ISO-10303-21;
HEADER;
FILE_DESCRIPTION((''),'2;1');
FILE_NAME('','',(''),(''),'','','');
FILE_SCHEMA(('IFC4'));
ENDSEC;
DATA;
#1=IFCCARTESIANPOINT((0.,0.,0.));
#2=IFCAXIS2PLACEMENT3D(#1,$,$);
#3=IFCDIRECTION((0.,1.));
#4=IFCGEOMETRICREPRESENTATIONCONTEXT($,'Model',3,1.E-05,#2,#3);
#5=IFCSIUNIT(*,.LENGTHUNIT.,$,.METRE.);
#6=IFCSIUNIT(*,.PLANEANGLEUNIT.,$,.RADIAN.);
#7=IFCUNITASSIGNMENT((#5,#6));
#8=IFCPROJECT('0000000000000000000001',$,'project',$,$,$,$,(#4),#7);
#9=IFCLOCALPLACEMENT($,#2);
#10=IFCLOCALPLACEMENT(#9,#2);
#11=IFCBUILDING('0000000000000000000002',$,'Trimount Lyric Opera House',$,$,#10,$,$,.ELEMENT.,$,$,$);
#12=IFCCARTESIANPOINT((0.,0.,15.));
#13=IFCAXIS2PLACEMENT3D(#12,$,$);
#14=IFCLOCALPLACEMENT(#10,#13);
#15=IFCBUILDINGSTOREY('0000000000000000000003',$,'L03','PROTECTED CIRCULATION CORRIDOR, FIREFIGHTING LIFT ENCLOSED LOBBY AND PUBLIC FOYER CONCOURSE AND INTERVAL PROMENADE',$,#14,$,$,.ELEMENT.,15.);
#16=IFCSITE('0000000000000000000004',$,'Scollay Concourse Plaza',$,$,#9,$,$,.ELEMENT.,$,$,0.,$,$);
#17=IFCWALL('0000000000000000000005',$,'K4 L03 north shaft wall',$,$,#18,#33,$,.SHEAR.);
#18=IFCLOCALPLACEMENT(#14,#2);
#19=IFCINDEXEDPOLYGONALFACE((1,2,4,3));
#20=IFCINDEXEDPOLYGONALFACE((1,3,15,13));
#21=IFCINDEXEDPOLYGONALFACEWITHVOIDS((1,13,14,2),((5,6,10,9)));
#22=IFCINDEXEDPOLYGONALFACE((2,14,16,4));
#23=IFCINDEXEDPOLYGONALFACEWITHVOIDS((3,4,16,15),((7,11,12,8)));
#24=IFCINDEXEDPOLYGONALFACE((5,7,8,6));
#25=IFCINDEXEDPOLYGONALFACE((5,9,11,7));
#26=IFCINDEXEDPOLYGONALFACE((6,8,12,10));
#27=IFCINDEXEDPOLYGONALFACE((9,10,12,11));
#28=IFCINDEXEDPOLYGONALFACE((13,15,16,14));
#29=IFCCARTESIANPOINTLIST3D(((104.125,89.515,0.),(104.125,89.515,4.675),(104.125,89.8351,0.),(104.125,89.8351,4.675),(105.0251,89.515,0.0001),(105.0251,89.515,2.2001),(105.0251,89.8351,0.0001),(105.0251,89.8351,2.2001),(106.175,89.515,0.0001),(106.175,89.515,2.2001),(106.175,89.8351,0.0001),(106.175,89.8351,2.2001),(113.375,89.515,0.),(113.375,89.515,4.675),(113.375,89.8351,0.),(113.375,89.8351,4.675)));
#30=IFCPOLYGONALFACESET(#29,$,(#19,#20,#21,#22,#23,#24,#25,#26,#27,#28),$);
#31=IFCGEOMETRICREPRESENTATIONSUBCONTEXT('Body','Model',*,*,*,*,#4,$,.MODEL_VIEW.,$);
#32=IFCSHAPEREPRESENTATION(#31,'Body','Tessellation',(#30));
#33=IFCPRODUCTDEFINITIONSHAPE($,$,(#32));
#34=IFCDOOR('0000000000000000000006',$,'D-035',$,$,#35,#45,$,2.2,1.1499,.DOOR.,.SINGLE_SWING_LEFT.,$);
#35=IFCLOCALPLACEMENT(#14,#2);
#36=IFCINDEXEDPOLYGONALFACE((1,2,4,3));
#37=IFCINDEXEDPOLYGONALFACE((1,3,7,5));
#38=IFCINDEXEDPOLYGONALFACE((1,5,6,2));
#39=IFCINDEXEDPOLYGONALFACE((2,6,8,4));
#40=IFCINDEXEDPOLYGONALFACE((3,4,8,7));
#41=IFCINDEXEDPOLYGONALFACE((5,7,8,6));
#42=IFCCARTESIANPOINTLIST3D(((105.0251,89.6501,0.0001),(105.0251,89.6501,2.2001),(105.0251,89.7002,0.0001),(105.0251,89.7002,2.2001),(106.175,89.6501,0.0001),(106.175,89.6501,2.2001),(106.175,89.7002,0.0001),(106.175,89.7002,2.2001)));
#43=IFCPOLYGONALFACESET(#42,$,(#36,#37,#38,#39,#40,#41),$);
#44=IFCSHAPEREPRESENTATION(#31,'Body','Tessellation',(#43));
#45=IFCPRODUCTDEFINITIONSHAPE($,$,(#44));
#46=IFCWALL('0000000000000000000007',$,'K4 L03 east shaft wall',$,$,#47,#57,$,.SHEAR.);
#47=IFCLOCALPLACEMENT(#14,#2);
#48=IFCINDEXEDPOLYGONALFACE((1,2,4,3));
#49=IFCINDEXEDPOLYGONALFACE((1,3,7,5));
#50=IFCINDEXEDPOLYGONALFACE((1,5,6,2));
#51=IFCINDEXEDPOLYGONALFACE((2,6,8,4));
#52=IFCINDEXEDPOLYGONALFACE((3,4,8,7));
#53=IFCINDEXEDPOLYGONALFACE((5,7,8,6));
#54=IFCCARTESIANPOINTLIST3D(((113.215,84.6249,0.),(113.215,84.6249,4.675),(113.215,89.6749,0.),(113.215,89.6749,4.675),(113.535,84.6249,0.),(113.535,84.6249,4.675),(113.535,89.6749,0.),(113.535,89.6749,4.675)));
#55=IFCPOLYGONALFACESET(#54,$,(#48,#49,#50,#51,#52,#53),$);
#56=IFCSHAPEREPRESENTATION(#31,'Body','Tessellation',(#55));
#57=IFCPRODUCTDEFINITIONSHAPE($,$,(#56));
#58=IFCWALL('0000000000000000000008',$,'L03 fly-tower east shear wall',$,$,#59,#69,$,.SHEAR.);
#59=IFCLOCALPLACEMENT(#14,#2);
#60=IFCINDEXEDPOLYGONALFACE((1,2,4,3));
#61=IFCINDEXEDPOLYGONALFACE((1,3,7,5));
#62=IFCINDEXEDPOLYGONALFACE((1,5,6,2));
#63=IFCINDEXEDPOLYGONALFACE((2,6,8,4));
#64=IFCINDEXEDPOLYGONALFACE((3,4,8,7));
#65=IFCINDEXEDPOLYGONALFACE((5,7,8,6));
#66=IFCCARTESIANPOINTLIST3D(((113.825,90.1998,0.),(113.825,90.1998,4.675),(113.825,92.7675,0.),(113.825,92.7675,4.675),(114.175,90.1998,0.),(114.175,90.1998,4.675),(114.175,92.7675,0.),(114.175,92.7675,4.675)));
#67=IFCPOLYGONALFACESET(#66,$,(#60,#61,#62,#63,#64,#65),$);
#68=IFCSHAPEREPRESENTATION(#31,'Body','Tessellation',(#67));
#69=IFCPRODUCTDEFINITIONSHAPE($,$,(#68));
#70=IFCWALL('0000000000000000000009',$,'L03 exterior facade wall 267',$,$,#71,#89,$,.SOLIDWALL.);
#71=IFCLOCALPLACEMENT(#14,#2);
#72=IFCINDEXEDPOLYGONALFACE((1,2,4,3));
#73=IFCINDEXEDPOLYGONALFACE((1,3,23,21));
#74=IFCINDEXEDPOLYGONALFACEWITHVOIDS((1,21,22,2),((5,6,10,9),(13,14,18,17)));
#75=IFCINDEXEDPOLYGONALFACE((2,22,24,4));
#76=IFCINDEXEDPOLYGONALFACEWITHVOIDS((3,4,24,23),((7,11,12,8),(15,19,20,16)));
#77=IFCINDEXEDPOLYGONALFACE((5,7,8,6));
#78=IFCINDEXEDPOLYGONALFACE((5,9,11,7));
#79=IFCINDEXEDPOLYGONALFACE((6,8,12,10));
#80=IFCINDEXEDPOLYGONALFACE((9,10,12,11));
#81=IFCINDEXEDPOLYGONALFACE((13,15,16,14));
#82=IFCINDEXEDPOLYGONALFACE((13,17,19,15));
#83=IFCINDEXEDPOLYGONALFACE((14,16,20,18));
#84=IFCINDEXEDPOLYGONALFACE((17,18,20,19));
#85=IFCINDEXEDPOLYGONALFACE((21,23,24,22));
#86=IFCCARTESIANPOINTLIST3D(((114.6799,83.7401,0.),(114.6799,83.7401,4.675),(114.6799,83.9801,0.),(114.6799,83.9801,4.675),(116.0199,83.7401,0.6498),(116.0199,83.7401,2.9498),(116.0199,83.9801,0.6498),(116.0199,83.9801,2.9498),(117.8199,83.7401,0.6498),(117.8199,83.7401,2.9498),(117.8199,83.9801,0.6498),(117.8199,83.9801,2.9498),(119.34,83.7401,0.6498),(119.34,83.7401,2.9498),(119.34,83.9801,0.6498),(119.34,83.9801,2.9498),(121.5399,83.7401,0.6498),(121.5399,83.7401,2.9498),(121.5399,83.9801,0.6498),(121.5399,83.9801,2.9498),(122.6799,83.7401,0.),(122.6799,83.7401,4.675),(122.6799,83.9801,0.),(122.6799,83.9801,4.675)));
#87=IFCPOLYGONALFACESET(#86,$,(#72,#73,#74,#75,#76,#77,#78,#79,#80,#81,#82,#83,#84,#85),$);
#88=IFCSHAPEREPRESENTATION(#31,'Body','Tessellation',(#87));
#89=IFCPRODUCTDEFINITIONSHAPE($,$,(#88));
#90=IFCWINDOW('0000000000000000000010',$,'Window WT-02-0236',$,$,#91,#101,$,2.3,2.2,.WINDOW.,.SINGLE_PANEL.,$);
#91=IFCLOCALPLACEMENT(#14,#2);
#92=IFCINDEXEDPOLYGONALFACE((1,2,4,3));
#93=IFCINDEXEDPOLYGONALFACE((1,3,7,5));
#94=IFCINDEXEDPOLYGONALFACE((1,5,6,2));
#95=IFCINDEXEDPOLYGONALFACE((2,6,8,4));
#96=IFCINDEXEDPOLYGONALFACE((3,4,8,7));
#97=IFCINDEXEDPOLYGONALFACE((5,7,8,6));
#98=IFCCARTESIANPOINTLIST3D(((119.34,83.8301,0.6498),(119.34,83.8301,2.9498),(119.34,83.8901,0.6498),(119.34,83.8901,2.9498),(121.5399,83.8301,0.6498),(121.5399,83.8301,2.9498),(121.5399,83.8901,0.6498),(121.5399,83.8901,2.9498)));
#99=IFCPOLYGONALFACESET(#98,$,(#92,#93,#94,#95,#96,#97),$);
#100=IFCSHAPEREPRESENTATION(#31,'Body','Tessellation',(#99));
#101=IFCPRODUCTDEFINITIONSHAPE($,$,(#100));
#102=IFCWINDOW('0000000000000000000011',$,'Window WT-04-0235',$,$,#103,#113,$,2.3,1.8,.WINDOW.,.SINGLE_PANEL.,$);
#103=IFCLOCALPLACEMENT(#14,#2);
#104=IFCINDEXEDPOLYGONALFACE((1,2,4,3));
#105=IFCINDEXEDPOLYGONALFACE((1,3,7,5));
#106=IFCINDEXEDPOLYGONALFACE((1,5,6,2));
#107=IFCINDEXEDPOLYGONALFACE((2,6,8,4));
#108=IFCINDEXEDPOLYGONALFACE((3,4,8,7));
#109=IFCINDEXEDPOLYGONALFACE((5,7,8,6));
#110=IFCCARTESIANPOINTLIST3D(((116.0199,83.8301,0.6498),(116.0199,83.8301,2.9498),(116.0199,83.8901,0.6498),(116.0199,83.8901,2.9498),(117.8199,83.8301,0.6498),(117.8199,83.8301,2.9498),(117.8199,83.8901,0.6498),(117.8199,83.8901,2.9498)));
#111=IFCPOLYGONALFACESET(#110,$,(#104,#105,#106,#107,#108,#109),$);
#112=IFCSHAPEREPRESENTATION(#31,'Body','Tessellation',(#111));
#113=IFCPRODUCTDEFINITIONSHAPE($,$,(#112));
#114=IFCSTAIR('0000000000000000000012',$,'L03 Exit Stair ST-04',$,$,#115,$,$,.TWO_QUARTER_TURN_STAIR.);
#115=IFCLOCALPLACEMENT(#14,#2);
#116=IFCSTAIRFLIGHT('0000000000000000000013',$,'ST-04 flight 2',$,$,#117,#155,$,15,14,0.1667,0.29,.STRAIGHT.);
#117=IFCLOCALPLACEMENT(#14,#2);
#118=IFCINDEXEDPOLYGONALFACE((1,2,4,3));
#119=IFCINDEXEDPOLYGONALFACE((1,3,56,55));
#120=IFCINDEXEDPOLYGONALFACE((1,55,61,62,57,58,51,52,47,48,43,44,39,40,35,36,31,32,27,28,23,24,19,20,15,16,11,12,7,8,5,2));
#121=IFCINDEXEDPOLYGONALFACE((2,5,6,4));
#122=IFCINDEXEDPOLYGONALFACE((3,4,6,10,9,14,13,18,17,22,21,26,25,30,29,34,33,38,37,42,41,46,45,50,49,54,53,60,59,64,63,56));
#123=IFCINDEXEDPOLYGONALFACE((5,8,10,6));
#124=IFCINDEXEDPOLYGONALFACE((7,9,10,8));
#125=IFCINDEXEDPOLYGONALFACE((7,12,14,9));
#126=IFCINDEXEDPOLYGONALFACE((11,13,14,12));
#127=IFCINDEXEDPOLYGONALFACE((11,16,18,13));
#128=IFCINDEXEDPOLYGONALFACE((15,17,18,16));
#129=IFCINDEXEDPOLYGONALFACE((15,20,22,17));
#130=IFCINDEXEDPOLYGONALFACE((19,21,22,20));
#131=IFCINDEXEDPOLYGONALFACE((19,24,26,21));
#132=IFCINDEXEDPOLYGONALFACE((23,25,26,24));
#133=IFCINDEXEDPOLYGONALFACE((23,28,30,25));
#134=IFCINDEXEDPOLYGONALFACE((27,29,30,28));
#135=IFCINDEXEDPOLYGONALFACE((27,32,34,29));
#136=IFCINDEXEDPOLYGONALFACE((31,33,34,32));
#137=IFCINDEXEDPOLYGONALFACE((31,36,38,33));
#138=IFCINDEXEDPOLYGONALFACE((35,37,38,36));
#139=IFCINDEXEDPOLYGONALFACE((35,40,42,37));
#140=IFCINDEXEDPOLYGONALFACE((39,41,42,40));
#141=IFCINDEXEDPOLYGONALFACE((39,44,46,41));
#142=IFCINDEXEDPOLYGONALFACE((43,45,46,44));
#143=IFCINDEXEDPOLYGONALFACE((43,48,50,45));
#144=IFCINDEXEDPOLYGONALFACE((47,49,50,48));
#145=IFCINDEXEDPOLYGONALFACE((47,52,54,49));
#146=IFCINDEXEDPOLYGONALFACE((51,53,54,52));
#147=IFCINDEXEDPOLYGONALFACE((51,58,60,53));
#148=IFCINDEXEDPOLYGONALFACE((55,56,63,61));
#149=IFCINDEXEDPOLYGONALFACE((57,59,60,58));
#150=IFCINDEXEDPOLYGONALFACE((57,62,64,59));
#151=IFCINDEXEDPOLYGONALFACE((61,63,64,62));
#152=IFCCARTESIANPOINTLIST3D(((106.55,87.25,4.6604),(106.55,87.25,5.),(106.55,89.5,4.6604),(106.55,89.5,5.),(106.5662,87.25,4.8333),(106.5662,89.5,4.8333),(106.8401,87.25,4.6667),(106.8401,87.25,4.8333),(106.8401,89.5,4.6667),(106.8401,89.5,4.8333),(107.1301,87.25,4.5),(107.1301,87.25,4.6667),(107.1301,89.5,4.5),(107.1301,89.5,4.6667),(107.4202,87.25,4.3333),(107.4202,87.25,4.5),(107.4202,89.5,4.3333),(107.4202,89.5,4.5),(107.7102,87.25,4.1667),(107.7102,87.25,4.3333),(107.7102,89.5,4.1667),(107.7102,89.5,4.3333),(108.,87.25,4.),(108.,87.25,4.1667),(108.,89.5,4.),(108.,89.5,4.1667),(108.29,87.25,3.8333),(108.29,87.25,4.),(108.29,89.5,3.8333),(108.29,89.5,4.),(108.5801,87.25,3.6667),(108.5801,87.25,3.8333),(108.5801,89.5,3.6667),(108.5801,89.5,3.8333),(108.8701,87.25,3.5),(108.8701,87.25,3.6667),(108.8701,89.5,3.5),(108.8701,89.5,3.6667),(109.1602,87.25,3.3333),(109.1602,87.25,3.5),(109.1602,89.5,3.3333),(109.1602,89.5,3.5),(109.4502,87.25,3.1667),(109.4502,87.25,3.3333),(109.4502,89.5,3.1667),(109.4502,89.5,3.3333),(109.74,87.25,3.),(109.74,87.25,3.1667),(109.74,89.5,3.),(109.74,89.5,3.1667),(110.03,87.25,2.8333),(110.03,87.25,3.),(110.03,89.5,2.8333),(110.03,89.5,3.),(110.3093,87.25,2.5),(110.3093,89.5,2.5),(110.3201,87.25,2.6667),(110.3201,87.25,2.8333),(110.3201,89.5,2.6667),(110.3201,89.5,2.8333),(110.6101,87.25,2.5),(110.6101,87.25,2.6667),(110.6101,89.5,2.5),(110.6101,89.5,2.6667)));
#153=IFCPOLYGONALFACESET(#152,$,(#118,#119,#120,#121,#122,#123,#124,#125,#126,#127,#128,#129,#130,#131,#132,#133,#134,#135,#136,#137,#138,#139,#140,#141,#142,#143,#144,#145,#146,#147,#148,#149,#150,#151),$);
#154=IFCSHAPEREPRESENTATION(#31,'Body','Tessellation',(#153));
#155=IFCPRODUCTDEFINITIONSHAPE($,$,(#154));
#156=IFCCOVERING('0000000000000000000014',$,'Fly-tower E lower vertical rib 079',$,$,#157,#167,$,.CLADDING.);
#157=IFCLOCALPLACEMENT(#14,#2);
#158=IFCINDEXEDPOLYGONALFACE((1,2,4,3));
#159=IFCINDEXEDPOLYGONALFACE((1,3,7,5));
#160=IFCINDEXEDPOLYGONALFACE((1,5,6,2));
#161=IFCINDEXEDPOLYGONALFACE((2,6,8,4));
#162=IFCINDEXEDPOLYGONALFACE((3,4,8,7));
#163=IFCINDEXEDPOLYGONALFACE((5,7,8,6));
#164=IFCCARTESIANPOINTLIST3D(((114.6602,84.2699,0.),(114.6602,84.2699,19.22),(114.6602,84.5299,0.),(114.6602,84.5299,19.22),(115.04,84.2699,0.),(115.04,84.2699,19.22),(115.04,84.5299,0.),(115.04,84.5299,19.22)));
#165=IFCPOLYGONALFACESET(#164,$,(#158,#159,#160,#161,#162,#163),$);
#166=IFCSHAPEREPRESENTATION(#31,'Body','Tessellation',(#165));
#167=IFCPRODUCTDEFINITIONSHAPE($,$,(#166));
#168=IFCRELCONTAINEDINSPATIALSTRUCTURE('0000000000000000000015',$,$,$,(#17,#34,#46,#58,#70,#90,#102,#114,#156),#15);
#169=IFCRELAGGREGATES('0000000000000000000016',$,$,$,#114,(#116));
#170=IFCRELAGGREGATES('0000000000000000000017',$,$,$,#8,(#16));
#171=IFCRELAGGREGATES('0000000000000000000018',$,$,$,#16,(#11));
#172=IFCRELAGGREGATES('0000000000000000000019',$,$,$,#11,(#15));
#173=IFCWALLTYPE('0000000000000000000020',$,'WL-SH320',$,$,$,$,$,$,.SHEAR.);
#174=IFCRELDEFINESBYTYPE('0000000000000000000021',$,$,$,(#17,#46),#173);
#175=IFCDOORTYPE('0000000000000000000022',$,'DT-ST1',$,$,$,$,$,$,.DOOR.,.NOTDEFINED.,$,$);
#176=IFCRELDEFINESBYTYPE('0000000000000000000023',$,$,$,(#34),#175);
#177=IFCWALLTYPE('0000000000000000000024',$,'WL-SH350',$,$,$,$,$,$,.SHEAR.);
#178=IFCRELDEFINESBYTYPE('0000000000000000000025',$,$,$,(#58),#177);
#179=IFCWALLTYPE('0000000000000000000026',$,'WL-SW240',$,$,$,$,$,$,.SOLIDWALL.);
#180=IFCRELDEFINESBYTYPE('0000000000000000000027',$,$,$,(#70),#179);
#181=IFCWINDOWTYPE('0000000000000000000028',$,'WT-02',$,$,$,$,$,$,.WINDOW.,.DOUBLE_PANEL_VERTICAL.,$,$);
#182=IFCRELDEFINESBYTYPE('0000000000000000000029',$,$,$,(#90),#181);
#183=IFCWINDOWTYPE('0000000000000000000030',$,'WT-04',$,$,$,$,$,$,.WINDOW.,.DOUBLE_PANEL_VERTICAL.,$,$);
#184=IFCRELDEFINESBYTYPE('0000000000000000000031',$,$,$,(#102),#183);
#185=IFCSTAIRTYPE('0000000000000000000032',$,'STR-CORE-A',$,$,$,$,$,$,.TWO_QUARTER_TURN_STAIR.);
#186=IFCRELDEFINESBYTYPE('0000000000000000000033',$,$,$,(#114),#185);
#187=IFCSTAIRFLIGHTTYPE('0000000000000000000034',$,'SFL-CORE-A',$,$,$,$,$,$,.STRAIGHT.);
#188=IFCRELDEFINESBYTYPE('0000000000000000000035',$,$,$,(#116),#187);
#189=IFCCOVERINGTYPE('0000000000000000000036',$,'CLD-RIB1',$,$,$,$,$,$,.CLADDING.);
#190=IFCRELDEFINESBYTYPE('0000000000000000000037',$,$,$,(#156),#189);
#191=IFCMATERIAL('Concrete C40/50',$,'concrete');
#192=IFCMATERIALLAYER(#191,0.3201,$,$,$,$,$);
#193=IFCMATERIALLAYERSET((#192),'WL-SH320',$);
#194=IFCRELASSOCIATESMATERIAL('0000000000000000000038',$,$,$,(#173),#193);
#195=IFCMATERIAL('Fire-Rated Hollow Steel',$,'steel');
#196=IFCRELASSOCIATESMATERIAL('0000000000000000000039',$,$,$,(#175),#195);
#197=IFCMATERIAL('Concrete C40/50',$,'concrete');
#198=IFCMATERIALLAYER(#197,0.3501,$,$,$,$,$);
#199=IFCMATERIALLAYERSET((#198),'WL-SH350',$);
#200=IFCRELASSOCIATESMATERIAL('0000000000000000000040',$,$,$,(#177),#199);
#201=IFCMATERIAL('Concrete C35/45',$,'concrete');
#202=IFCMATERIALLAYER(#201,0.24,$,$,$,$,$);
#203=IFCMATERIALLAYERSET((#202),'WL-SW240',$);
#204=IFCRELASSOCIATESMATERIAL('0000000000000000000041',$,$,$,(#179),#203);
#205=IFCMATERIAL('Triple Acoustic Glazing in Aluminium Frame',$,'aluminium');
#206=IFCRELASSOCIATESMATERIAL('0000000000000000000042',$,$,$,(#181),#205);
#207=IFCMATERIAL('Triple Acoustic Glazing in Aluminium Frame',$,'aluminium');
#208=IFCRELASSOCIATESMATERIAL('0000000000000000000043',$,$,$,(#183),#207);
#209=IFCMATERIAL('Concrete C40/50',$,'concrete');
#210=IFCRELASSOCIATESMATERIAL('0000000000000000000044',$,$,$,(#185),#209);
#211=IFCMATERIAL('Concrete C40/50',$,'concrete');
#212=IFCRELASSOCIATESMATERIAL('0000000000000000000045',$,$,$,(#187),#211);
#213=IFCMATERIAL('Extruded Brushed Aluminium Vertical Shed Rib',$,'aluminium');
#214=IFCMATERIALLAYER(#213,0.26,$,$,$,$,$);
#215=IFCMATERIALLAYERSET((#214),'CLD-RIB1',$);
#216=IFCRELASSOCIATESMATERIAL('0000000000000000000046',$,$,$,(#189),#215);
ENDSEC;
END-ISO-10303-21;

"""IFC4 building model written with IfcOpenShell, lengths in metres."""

from ifc_helpers import new_model, si_unit, direction, frame, frame_2d, origin, origin_2d, place, context, subcontext, project, spatial, polyline, rectangle, outline, extrude, material, layer, layer_set, type_object, element, fill, aggregate, save


model = new_model("IFC4")

# Units and contexts
model_context = context("Model", 3, precision=1e-05, world=origin(), true_north=direction((0.0, 1.0)))
body_context = subcontext(model_context, "Body", "Model", "MODEL_VIEW")
ifc_project = project(units=[si_unit("LENGTHUNIT", "METRE"), si_unit("PLANEANGLEUNIT", "RADIAN")], contexts=[model_context])

# Site, building, storey
site_placement = place(None, origin())
site = spatial("IfcSite", under=ifc_project, at=site_placement, Name="Scollay Concourse Plaza", CompositionType="ELEMENT", RefElevation=0.0)
building_placement = place(site_placement, origin())
building = spatial("IfcBuilding", under=site, at=building_placement, Name="Trimount Lyric Opera House", CompositionType="ELEMENT")
storey_placement = place(building_placement, frame((0.0, 0.0, 15.0)))
storey = spatial("IfcBuildingStorey", under=building, at=storey_placement, Name="L03", Description="PROTECTED CIRCULATION CORRIDOR, FIREFIGHTING LIFT ENCLOSED LOBBY AND PUBLIC FOYER CONCOURSE AND INTERVAL PROMENADE", CompositionType="ELEMENT", Elevation=15.0)

# Wall, opening, door
ifc_material_1 = material(Name="Concrete C40/50", Category="concrete")
ifc_layer_1 = layer(ifc_material_1, 0.3201)
ifc_layer_set_1 = layer_set([ifc_layer_1], Name="WL-SH320")
wall_type_1 = type_object("IfcWallType", Name="WL-SH320", PredefinedType="SHEAR", material=ifc_layer_set_1)
wall_1_placement = place(storey_placement, frame((113.375, 89.675, 0.0), z_axis=(0.0, 0.0, 1.0), x_axis=(-1.0, 0.0, 0.0)))
wall_1 = element("IfcWall", 1, at=wall_1_placement, inside=storey, type_object=wall_type_1, Name="K4 L03 north shaft wall", PredefinedType="SHEAR", context=body_context, shape_type="SweptSolid", body=[
    extrude(rectangle(XDim=9.25, YDim=0.3201, at=frame_2d((4.625, 0.0))), origin(), (0.0, 0.0, 1.0), 4.675),
])
opening_1_placement = place(wall_1_placement, frame((7.2, 0.0, 0.0)))
opening_1 = element("IfcOpeningElement", 2, at=opening_1_placement, cuts=wall_1, PredefinedType="OPENING", context=body_context, shape_type="SweptSolid", body=[
    extrude(rectangle(XDim=1.1499, YDim=2.2, at=frame_2d((0.575, 1.1001))), frame((0.0, 0.1699, 0.0), z_axis=(0.0, -1.0, 0.0), x_axis=(1.0, 0.0, 0.0)), (0.0, 0.0, 1.0), 0.3401),
])
ifc_material_2 = material(Name="Fire-Rated Hollow Steel", Category="steel")
door_type = type_object("IfcDoorType", Name="DT-ST1", OperationType="NOTDEFINED", PredefinedType="DOOR", material=ifc_material_2)
door_placement = place(opening_1_placement, origin())
door = element("IfcDoor", 3, at=door_placement, inside=storey, type_object=door_type, Name="D-035", OperationType="SINGLE_SWING_LEFT", OverallHeight=2.2, OverallWidth=1.1499, PredefinedType="DOOR", context=body_context, shape_type="SweptSolid", body=[
    extrude(rectangle(XDim=1.1499, YDim=2.2, at=frame_2d((0.575, 1.1001))), frame((0.0, 0.0249, 0.0), z_axis=(0.0, -1.0, 0.0), x_axis=(1.0, 0.0, 0.0)), (0.0, 0.0, 1.0), 0.05),
])
fill(opening_1, door)

# Walls
wall_2_placement = place(storey_placement, frame((113.375, 84.625, 0.0), z_axis=(0.0, 0.0, 1.0), x_axis=(0.0, 1.0, 0.0)))
element("IfcWall", 4, at=wall_2_placement, inside=storey, type_object=wall_type_1, Name="K4 L03 east shaft wall", PredefinedType="SHEAR", context=body_context, shape_type="SweptSolid", body=[
    extrude(rectangle(XDim=5.05, YDim=0.3201, at=frame_2d((2.5249, 0.0))), origin(), (0.0, 0.0, 1.0), 4.675),
])
ifc_material_3 = material(Name="Concrete C40/50", Category="concrete")
ifc_layer_2 = layer(ifc_material_3, 0.3501)
ifc_layer_set_2 = layer_set([ifc_layer_2], Name="WL-SH350")
wall_type_2 = type_object("IfcWallType", Name="WL-SH350", PredefinedType="SHEAR", material=ifc_layer_set_2)
wall_3_placement = place(storey_placement, frame((114.0, 90.2, 0.0), z_axis=(0.0, 0.0, 1.0), x_axis=(0.0, 1.0, 0.0)))
element("IfcWall", 5, at=wall_3_placement, inside=storey, type_object=wall_type_2, Name="L03 fly-tower east shear wall", PredefinedType="SHEAR", context=body_context, shape_type="SweptSolid", body=[
    extrude(rectangle(XDim=2.5676, YDim=0.3501, at=frame_2d((1.2837, 0.0))), origin(), (0.0, 0.0, 1.0), 4.675),
])

# Wall, openings, windows
ifc_material_4 = material(Name="Concrete C35/45", Category="concrete")
ifc_layer_3 = layer(ifc_material_4, 0.24)
ifc_layer_set_3 = layer_set([ifc_layer_3], Name="WL-SW240")
wall_type_3 = type_object("IfcWallType", Name="WL-SW240", PredefinedType="SOLIDWALL", material=ifc_layer_set_3)
wall_4_placement = place(storey_placement, frame((114.6799, 83.8601, 0.0), z_axis=(0.0, 0.0, 1.0), x_axis=(1.0, 0.0, 0.0)))
wall_4 = element("IfcWall", 6, at=wall_4_placement, inside=storey, type_object=wall_type_3, Name="L03 exterior facade wall 267", PredefinedType="SOLIDWALL", context=body_context, shape_type="SweptSolid", body=[
    extrude(rectangle(XDim=8.0, YDim=0.24, at=frame_2d((4.0, 0.0))), origin(), (0.0, 0.0, 1.0), 4.675),
])
opening_2_placement = place(wall_4_placement, frame((1.3401, 0.0, 0.6499)))
opening_2 = element("IfcOpeningElement", 7, at=opening_2_placement, cuts=wall_4, PredefinedType="OPENING", context=body_context, shape_type="SweptSolid", body=[
    extrude(rectangle(XDim=1.8, YDim=2.3, at=frame_2d((0.8999, 1.1499))), frame((0.0, 0.1299, 0.0), z_axis=(0.0, -1.0, 0.0), x_axis=(1.0, 0.0, 0.0)), (0.0, 0.0, 1.0), 0.26),
])
opening_3_placement = place(wall_4_placement, frame((4.6599, 0.0, 0.6499)))
opening_3 = element("IfcOpeningElement", 8, at=opening_3_placement, cuts=wall_4, PredefinedType="OPENING", context=body_context, shape_type="SweptSolid", body=[
    extrude(rectangle(XDim=2.2, YDim=2.3, at=frame_2d((1.1001, 1.1499))), frame((0.0, 0.1299, 0.0), z_axis=(0.0, -1.0, 0.0), x_axis=(1.0, 0.0, 0.0)), (0.0, 0.0, 1.0), 0.26),
])
ifc_material_5 = material(Name="Triple Acoustic Glazing in Aluminium Frame", Category="aluminium")
window_type_1 = type_object("IfcWindowType", Name="WT-02", PartitioningType="DOUBLE_PANEL_VERTICAL", PredefinedType="WINDOW", material=ifc_material_5)
window_1_placement = place(opening_3_placement, origin())
window_1 = element("IfcWindow", 9, at=window_1_placement, inside=storey, type_object=window_type_1, Name="Window WT-02-0236", OverallHeight=2.3, OverallWidth=2.2, PartitioningType="SINGLE_PANEL", PredefinedType="WINDOW", context=body_context, shape_type="SweptSolid", body=[
    extrude(rectangle(XDim=2.2, YDim=2.3, at=frame_2d((1.1001, 1.1499))), frame((0.0, 0.03, 0.0), z_axis=(0.0, -1.0, 0.0), x_axis=(1.0, 0.0, 0.0)), (0.0, 0.0, 1.0), 0.0601),
])
fill(opening_3, window_1)
ifc_material_6 = material(Name="Triple Acoustic Glazing in Aluminium Frame", Category="aluminium")
window_type_2 = type_object("IfcWindowType", Name="WT-04", PartitioningType="DOUBLE_PANEL_VERTICAL", PredefinedType="WINDOW", material=ifc_material_6)
window_2_placement = place(opening_2_placement, origin())
window_2 = element("IfcWindow", 10, at=window_2_placement, inside=storey, type_object=window_type_2, Name="Window WT-04-0235", OverallHeight=2.3, OverallWidth=1.8, PartitioningType="SINGLE_PANEL", PredefinedType="WINDOW", context=body_context, shape_type="SweptSolid", body=[
    extrude(rectangle(XDim=1.8, YDim=2.3, at=frame_2d((0.8999, 1.1499))), frame((0.0, 0.03, 0.0), z_axis=(0.0, -1.0, 0.0), x_axis=(1.0, 0.0, 0.0)), (0.0, 0.0, 1.0), 0.0601),
])
fill(opening_2, window_2)

# Stair, stair flight
ifc_material_7 = material(Name="Concrete C40/50", Category="concrete")
stair_type = type_object("IfcStairType", Name="STR-CORE-A", PredefinedType="TWO_QUARTER_TURN_STAIR", material=ifc_material_7)
stair_placement = place(storey_placement, origin())
stair = element("IfcStair", 11, at=stair_placement, inside=storey, type_object=stair_type, Name="L03 Exit Stair ST-04", PredefinedType="TWO_QUARTER_TURN_STAIR")
ifc_material_8 = material(Name="Concrete C40/50", Category="concrete")
stair_flight_type = type_object("IfcStairFlightType", Name="SFL-CORE-A", PredefinedType="STRAIGHT", material=ifc_material_8)
stair_flight_placement = place(storey_placement, frame((110.6101, 88.375, 2.5), z_axis=(0.0, 0.0, 1.0), x_axis=(-1.0, 0.0, 0.0)))
stair_flight = element("IfcStairFlight", 12, at=stair_flight_placement, type_object=stair_flight_type, Name="ST-04 flight 2", NumberOfRisers=15, NumberOfTreads=14, PredefinedType="STRAIGHT", RiserHeight=0.1667, TreadLength=0.29, context=body_context, shape_type="SweptSolid", body=[
    extrude(outline(polyline([(0.0, 0.0), (0.0, 0.1667), (0.29, 0.1667), (0.29, 0.3333), (0.5801, 0.3333), (0.5801, 0.5), (0.8701, 0.5), (0.8701, 0.6667), (1.1599, 0.6667), (1.1599, 0.8333), (1.45, 0.8333), (1.45, 1.0), (1.74, 1.0), (1.74, 1.1667), (2.03, 1.1667), (2.03, 1.3333), (2.3201, 1.3333), (2.3201, 1.5), (2.6101, 1.5), (2.6101, 1.6667), (2.8999, 1.6667), (2.8999, 1.8333), (3.1899, 1.8333), (3.1899, 2.0), (3.48, 2.0), (3.48, 2.1667), (3.77, 2.1667), (3.77, 2.3333), (4.0439, 2.3333), (4.0601, 2.5), (4.0601, 2.1604), (0.3008, 0.0), (0.0, 0.0)])), frame((0.0, 1.125, 0.0), z_axis=(0.0, -1.0, 0.0), x_axis=(1.0, 0.0, 0.0)), (0.0, 0.0, 1.0), 2.25),
])
aggregate(stair, [stair_flight])

# Covering
ifc_material_9 = material(Name="Extruded Brushed Aluminium Vertical Shed Rib", Category="aluminium")
ifc_layer_4 = layer(ifc_material_9, 0.26)
ifc_layer_set_4 = layer_set([ifc_layer_4], Name="CLD-RIB1")
covering_type_1 = type_object("IfcCoveringType", Name="CLD-RIB1", PredefinedType="CLADDING", material=ifc_layer_set_4)
for number, where, z_axis, x_axis, name in (
    (13, (114.8501, 84.3999, 0.0), (0.0, 0.0, 1.0), (1.0, 0.0, 0.0), "Fly-tower E lower vertical rib 079"),
):
    element("IfcCovering", number, at=place(storey_placement, frame(where, z_axis=z_axis, x_axis=x_axis)), inside=storey, type_object=covering_type_1, Name=name, PredefinedType="CLADDING", context=body_context, shape_type="SweptSolid", body=[
        extrude(rectangle(XDim=0.3799, YDim=0.26, at=origin_2d()), origin(), (0.0, 0.0, 1.0), 19.22),
    ])

save(model, "model.ifc")
